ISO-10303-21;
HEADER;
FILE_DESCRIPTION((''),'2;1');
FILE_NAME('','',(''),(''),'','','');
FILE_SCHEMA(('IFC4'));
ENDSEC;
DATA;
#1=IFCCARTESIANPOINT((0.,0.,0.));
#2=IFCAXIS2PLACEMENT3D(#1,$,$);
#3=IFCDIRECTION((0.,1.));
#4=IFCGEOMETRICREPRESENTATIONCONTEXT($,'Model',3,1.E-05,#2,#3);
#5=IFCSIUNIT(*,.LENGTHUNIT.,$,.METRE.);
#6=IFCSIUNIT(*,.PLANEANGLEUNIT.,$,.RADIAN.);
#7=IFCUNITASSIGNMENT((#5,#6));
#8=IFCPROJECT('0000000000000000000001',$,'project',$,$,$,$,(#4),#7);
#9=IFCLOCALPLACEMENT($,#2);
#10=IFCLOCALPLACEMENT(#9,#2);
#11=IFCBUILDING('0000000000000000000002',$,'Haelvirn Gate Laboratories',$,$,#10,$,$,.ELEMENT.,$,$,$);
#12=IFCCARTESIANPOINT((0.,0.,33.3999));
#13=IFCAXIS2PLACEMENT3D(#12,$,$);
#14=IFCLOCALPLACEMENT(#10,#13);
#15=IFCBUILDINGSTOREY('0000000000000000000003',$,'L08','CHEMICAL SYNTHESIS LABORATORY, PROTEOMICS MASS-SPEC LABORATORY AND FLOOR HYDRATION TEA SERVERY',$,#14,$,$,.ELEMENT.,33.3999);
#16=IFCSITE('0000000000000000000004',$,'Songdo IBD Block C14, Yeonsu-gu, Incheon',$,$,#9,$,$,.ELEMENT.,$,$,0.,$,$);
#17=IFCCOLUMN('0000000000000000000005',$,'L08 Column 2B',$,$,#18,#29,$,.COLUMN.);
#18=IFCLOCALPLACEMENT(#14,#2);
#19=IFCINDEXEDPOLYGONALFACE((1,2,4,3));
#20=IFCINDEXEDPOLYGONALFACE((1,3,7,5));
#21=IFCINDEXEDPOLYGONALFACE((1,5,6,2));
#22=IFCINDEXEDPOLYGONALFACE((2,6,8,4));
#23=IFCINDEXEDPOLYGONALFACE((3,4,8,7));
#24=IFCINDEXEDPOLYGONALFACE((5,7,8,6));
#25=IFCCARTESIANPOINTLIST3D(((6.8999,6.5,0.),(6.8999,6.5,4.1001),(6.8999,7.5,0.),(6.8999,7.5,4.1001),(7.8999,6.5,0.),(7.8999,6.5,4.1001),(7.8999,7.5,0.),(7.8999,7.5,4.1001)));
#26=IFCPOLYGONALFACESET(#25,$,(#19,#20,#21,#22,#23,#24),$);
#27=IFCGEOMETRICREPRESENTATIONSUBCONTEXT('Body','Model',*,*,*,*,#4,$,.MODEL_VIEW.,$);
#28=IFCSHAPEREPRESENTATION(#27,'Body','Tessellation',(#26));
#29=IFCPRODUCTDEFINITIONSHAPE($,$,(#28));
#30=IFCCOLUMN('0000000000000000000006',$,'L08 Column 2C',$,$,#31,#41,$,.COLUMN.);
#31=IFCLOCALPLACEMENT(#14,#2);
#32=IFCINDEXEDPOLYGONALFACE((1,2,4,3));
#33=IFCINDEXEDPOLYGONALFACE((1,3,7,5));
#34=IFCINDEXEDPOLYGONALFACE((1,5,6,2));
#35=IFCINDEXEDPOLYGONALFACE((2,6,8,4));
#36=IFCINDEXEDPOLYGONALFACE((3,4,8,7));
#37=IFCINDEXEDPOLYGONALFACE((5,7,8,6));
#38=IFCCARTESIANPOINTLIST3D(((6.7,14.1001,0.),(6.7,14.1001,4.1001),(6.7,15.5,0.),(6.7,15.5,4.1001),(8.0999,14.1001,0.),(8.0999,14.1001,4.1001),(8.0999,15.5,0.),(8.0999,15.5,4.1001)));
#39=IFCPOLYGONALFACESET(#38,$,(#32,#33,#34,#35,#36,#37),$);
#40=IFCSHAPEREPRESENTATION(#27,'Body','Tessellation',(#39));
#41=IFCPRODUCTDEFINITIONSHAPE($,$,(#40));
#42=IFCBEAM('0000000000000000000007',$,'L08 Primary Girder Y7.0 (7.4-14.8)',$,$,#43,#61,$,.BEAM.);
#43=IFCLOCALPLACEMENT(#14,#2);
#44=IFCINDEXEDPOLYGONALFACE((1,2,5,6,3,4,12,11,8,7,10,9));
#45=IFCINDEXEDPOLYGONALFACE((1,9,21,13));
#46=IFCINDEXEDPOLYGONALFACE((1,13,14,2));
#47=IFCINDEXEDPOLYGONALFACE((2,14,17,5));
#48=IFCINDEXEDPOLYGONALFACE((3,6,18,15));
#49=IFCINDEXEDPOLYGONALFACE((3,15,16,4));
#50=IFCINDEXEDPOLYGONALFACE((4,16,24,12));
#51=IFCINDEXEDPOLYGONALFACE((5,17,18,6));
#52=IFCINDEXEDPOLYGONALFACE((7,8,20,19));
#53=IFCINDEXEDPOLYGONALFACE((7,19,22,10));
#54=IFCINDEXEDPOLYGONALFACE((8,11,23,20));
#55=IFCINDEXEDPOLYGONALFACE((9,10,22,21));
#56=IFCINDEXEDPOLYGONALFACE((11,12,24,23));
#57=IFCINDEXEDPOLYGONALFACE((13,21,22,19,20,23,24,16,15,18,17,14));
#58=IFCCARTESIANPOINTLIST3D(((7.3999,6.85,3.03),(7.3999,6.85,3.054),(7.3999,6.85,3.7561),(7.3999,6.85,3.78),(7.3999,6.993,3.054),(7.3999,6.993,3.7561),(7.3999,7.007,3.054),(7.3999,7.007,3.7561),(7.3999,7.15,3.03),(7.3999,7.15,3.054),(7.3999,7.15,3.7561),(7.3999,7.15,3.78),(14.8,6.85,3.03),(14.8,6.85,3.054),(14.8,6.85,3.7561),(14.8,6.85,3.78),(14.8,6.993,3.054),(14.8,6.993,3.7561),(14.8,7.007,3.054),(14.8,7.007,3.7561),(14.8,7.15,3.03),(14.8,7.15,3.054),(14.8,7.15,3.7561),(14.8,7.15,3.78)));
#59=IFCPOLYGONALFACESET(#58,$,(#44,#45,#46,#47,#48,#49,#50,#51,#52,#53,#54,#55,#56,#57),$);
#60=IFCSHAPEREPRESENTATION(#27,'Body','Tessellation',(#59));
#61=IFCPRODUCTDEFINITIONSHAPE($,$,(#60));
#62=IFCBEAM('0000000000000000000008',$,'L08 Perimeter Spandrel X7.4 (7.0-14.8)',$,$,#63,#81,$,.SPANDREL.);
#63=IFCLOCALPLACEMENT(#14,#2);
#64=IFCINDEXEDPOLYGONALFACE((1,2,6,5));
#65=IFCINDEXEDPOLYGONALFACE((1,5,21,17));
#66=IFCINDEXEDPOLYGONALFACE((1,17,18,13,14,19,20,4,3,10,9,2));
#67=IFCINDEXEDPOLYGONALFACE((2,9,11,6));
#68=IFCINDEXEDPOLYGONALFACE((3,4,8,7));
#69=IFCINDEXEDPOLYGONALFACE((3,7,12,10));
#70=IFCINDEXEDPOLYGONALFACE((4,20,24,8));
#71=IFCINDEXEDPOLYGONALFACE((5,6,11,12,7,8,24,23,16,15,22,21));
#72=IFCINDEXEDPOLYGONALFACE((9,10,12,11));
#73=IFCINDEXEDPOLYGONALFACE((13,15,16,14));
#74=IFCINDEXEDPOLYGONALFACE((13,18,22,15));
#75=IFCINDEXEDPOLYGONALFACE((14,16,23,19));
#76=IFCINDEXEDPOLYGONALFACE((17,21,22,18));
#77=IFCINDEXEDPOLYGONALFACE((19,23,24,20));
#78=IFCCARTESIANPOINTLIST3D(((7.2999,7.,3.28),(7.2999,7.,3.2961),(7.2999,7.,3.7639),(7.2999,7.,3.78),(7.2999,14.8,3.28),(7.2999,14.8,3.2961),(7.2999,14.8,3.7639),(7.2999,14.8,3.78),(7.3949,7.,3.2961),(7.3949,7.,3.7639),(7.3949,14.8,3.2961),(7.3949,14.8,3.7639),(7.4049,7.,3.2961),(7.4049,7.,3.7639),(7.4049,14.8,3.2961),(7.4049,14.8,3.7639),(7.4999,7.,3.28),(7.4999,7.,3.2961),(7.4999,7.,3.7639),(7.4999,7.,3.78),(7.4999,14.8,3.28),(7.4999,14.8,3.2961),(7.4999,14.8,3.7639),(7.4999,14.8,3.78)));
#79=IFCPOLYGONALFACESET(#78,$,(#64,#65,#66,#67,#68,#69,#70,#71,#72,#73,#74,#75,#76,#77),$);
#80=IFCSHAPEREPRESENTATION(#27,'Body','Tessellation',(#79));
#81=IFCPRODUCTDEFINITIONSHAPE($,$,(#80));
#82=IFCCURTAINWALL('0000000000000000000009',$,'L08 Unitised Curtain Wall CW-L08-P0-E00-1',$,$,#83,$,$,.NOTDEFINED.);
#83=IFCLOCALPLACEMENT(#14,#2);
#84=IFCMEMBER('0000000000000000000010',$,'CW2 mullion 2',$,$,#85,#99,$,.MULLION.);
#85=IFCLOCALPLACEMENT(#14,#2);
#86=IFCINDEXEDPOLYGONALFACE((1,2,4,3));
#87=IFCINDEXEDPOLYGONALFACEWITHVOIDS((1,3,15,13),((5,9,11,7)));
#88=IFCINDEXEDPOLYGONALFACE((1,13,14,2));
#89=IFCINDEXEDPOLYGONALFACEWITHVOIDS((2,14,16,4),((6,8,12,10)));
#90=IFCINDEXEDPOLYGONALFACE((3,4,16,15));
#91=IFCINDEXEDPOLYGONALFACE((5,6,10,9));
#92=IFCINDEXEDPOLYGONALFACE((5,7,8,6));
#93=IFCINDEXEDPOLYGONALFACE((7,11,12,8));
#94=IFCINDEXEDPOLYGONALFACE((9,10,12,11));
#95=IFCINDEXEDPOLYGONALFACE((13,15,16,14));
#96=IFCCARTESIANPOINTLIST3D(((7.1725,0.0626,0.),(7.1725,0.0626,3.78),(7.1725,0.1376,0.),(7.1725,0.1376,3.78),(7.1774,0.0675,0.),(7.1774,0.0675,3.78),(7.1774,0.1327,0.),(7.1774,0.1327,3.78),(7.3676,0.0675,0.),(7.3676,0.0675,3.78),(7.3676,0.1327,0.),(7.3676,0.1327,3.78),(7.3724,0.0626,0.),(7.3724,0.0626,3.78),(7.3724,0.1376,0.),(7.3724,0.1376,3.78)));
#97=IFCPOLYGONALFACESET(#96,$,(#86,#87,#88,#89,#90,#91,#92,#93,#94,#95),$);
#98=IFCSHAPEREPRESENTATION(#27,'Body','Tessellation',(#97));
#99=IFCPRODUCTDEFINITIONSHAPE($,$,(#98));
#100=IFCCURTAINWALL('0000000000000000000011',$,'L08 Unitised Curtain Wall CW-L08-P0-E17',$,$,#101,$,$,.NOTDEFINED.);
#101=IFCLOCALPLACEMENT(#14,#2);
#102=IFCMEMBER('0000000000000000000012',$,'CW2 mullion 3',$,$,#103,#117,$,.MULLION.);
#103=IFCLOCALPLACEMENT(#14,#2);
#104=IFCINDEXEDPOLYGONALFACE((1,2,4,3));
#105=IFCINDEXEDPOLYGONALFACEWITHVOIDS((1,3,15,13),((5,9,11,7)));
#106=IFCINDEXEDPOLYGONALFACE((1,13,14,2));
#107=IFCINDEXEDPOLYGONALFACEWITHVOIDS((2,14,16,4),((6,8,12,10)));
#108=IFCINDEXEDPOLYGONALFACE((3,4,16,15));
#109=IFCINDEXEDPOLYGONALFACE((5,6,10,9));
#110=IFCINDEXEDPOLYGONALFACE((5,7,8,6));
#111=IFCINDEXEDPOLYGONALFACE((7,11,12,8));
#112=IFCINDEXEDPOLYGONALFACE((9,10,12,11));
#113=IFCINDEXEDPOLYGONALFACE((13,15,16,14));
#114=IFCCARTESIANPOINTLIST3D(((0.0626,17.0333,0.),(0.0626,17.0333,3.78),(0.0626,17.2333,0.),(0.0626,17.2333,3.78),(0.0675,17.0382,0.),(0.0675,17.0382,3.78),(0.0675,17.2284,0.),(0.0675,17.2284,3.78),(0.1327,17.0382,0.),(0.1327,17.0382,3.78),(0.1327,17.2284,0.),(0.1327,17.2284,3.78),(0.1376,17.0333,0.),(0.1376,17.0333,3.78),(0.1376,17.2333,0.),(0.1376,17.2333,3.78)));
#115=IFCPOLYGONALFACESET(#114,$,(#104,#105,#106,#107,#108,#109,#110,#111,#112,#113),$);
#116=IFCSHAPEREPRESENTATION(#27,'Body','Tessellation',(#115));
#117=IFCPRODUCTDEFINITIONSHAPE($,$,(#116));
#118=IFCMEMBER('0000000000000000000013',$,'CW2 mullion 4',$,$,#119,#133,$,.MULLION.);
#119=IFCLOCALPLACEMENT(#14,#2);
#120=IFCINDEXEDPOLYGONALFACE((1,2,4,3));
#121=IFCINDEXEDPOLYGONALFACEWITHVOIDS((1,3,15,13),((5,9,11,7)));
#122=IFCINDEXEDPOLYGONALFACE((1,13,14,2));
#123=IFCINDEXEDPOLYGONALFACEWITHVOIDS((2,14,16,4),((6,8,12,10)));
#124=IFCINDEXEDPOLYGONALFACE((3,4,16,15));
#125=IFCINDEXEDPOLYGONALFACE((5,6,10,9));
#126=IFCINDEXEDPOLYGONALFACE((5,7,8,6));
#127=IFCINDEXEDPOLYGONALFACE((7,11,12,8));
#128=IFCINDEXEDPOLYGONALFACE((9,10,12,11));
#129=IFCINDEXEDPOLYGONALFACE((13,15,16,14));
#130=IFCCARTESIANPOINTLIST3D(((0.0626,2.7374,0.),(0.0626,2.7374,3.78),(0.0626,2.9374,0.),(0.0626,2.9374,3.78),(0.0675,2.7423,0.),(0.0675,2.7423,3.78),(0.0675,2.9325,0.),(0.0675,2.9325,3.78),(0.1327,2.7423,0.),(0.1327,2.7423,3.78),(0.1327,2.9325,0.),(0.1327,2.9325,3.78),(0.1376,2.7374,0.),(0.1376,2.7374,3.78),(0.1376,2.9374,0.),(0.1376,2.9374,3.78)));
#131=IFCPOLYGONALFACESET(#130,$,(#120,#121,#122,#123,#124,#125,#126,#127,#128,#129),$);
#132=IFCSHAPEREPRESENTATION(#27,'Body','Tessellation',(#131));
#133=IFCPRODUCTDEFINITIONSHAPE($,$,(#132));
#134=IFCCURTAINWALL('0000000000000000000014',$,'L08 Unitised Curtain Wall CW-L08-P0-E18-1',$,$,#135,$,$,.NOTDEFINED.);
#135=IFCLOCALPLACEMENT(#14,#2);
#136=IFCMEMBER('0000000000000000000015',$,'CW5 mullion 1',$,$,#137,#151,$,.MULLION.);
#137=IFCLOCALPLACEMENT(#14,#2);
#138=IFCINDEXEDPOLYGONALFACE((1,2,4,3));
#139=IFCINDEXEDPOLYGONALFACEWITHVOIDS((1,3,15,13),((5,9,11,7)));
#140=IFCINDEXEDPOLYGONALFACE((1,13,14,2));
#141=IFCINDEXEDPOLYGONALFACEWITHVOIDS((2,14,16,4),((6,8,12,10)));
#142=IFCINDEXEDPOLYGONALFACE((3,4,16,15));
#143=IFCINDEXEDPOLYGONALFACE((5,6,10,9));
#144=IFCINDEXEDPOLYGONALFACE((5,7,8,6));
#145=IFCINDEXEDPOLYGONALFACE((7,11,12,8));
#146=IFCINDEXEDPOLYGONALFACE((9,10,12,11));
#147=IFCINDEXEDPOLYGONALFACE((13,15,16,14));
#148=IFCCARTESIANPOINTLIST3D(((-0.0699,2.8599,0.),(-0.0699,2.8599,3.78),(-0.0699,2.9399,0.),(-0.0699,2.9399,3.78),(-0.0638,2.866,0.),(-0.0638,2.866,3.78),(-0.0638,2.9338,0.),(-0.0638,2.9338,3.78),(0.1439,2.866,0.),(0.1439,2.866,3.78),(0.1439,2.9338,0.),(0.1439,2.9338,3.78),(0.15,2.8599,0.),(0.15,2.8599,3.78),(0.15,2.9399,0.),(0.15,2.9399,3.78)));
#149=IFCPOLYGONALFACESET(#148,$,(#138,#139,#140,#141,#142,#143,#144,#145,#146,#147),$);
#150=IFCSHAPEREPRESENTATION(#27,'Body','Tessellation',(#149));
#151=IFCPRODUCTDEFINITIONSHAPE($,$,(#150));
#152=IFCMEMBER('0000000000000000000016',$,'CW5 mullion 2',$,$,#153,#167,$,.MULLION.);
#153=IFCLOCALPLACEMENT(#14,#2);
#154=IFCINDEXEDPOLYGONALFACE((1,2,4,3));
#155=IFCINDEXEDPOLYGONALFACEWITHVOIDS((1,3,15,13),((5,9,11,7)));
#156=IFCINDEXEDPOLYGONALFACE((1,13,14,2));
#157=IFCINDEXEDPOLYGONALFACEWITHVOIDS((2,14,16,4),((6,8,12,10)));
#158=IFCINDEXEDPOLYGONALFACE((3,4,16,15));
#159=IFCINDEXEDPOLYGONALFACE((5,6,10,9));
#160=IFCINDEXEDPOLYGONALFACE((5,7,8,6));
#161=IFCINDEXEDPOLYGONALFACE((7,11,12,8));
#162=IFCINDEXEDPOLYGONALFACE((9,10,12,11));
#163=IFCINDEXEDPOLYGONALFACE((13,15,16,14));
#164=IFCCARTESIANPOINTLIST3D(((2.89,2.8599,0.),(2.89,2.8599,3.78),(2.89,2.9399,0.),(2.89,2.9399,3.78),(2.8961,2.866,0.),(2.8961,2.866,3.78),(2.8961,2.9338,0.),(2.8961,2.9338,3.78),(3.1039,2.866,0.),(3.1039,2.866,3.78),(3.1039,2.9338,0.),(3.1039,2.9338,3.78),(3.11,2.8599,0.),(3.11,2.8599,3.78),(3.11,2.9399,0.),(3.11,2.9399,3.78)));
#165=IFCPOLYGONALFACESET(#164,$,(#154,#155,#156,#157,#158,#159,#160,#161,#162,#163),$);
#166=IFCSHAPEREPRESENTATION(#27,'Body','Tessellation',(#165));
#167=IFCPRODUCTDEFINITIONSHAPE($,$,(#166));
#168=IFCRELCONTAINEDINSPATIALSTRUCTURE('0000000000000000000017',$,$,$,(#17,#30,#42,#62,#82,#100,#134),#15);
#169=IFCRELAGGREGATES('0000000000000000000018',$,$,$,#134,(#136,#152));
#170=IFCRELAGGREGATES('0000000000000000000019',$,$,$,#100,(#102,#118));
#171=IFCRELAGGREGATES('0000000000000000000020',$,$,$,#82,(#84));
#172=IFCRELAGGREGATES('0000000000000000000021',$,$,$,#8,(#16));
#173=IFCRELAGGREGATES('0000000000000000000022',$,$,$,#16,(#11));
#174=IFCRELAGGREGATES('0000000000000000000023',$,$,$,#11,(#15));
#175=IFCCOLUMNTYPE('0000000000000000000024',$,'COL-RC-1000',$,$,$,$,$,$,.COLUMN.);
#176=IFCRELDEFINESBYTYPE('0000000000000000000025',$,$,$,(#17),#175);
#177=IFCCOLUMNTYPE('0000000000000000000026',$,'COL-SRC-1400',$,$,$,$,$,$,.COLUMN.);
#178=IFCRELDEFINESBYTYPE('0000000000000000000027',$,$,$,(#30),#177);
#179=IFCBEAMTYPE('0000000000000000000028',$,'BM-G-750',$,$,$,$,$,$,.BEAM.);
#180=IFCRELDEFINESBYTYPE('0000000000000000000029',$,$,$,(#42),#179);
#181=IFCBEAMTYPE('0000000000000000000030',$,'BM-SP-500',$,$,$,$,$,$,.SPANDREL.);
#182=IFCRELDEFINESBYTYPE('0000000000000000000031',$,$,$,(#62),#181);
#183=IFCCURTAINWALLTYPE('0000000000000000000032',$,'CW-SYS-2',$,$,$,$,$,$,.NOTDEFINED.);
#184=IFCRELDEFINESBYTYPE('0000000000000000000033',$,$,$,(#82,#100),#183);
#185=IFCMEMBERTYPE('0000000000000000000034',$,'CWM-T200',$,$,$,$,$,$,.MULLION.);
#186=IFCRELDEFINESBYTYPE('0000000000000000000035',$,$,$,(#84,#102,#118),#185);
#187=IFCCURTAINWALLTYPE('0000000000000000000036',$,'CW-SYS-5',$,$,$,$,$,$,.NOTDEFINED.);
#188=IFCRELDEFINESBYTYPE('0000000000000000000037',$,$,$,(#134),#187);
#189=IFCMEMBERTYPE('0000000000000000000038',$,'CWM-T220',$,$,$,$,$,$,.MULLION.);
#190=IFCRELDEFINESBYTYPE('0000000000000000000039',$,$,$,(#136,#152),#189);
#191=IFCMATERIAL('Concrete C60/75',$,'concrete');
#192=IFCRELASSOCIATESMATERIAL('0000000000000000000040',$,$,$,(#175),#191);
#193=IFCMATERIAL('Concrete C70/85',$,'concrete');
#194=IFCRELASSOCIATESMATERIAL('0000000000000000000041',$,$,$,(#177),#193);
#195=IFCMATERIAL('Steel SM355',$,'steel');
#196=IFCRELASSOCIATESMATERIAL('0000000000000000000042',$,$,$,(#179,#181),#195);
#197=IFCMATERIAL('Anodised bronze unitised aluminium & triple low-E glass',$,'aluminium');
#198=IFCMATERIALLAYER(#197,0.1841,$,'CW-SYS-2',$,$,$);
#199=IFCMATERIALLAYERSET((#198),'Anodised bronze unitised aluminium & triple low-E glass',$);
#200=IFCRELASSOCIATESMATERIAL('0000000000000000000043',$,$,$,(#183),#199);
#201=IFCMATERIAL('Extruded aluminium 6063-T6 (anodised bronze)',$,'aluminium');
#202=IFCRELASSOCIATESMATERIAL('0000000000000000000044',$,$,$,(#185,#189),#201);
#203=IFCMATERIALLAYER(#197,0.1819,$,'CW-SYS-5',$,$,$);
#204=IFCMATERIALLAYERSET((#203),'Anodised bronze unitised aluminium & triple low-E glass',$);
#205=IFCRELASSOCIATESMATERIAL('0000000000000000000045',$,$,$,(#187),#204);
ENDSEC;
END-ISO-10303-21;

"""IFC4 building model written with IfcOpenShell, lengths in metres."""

from ifc_helpers import new_model, si_unit, direction, frame, origin, origin_2d, place, context, subcontext, project, spatial, rectangle, hollow_rectangle, i_section, extrude, source, transform, mapped, material, layer, layer_set, material_profile, profile_set, type_object, type_shapes, element, aggregate, save


model = new_model("IFC4")

# Units and contexts
model_context = context("Model", 3, precision=1e-05, world=origin(), true_north=direction((0.0, 1.0)))
body_context = subcontext(model_context, "Body", "Model", "MODEL_VIEW")
ifc_project = project(units=[si_unit("LENGTHUNIT", "METRE"), si_unit("PLANEANGLEUNIT", "RADIAN")], contexts=[model_context])

# Site, building, storey
site_placement = place(None, origin())
site = spatial("IfcSite", under=ifc_project, at=site_placement, Name="Songdo IBD Block C14, Yeonsu-gu, Incheon", CompositionType="ELEMENT", RefElevation=0.0)
building_placement = place(site_placement, origin())
building = spatial("IfcBuilding", under=site, at=building_placement, Name="Haelvirn Gate Laboratories", CompositionType="ELEMENT")
storey_placement = place(building_placement, frame((0.0, 0.0, 33.3999)))
storey = spatial("IfcBuildingStorey", under=building, at=storey_placement, Name="L08", Description="CHEMICAL SYNTHESIS LABORATORY, PROTEOMICS MASS-SPEC LABORATORY AND FLOOR HYDRATION TEA SERVERY", CompositionType="ELEMENT", Elevation=33.3999)

# Columns
ifc_material_1 = material(Name="Concrete C60/75", Category="concrete")
ifc_material_profile_1 = material_profile(ifc_material_1, rectangle(XDim=1.0, YDim=1.0, at=origin_2d()), Name="RC-1000x1000")
ifc_profile_set_1 = profile_set([ifc_material_profile_1], Name="Concrete C60/75")
column_type_1 = type_object("IfcColumnType", Name="COL-RC-1000", PredefinedType="COLUMN", material=ifc_profile_set_1)
shared_shape_1 = source(origin(), body_context, "Body", "SweptSolid", [
    extrude(rectangle(XDim=1.0, YDim=1.0, at=origin_2d()), origin(), (0.0, 0.0, 1.0), 4.1001),
])
type_shapes(column_type_1, [shared_shape_1])
column_1_placement = place(storey_placement, frame((7.3999, 7.0, 0.0), z_axis=(0.0, 0.0, 1.0), x_axis=(1.0, 0.0, 0.0)))
element("IfcColumn", 1, at=column_1_placement, inside=storey, type_object=column_type_1, Name="L08 Column 2B", PredefinedType="COLUMN", context=body_context, shape_type="MappedRepresentation", body=[
    mapped(shared_shape_1, transform((0.0, 0.0, 0.0), scale=1.0)),
])
ifc_material_2 = material(Name="Concrete C70/85", Category="concrete")
ifc_material_profile_2 = material_profile(ifc_material_2, rectangle(XDim=1.3999, YDim=1.3999, at=origin_2d()), Name="SRC-1400x1400")
ifc_profile_set_2 = profile_set([ifc_material_profile_2], Name="Concrete C70/85")
column_type_2 = type_object("IfcColumnType", Name="COL-SRC-1400", PredefinedType="COLUMN", material=ifc_profile_set_2)
shared_shape_2 = source(origin(), body_context, "Body", "SweptSolid", [
    extrude(rectangle(XDim=1.3999, YDim=1.3999, at=origin_2d()), origin(), (0.0, 0.0, 1.0), 4.1001),
])
type_shapes(column_type_2, [shared_shape_2])
column_2_placement = place(storey_placement, frame((7.3999, 14.8, 0.0), z_axis=(0.0, 0.0, 1.0), x_axis=(1.0, 0.0, 0.0)))
element("IfcColumn", 2, at=column_2_placement, inside=storey, type_object=column_type_2, Name="L08 Column 2C", PredefinedType="COLUMN", context=body_context, shape_type="MappedRepresentation", body=[
    mapped(shared_shape_2, transform((0.0, 0.0, 0.0), scale=1.0)),
])

# Beams
ifc_material_3 = material(Name="Steel SM355", Category="steel")
ifc_material_profile_3 = material_profile(ifc_material_3, i_section(OverallWidth=0.3, OverallDepth=0.75, WebThickness=0.0139, FlangeThickness=0.0239, at=origin_2d()), Name="H-750x300x14x24")
ifc_profile_set_3 = profile_set([ifc_material_profile_3], Name="Steel SM355")
beam_type_1 = type_object("IfcBeamType", Name="BM-G-750", PredefinedType="BEAM", material=ifc_profile_set_3)
shared_shape_3 = source(origin(), body_context, "Body", "SweptSolid", [
    extrude(i_section(OverallWidth=0.3, OverallDepth=0.75, WebThickness=0.0139, FlangeThickness=0.0239, at=origin_2d()), origin(), (0.0, 0.0, 1.0), 7.4001),
])
type_shapes(beam_type_1, [shared_shape_3])
beam_1_placement = place(storey_placement, frame((7.3999, 7.0, 3.405), z_axis=(1.0, 0.0, 0.0), x_axis=(0.0, 1.0, 0.0)))
element("IfcBeam", 3, at=beam_1_placement, inside=storey, type_object=beam_type_1, Name="L08 Primary Girder Y7.0 (7.4-14.8)", PredefinedType="BEAM", context=body_context, shape_type="MappedRepresentation", body=[
    mapped(shared_shape_3, transform((0.0, 0.0, 0.0), scale=1.0)),
])
ifc_material_profile_4 = material_profile(ifc_material_3, i_section(OverallWidth=0.2, OverallDepth=0.5, WebThickness=0.01, FlangeThickness=0.0161, at=origin_2d()), Name="H-500x200x10x16")
ifc_profile_set_4 = profile_set([ifc_material_profile_4], Name="Steel SM355")
beam_type_2 = type_object("IfcBeamType", Name="BM-SP-500", PredefinedType="SPANDREL", material=ifc_profile_set_4)
shared_shape_4 = source(origin(), body_context, "Body", "SweptSolid", [
    extrude(i_section(OverallWidth=0.2, OverallDepth=0.5, WebThickness=0.01, FlangeThickness=0.0161, at=origin_2d()), origin(), (0.0, 0.0, 1.0), 7.8),
])
type_shapes(beam_type_2, [shared_shape_4])
beam_2_placement = place(storey_placement, frame((7.3999, 7.0, 3.53), z_axis=(0.0, 1.0, 0.0), x_axis=(-1.0, 0.0, 0.0)))
element("IfcBeam", 4, at=beam_2_placement, inside=storey, type_object=beam_type_2, Name="L08 Perimeter Spandrel X7.4 (7.0-14.8)", PredefinedType="SPANDREL", context=body_context, shape_type="MappedRepresentation", body=[
    mapped(shared_shape_4, transform((0.0, 0.0, 0.0), scale=1.0)),
])

# Curtain wall, member
ifc_material_4 = material(Name="Anodised bronze unitised aluminium & triple low-E glass", Category="aluminium")
ifc_layer_1 = layer(ifc_material_4, 0.1841, Name="CW-SYS-2")
ifc_layer_set_1 = layer_set([ifc_layer_1], Name="Anodised bronze unitised aluminium & triple low-E glass")
curtain_wall_type_1 = type_object("IfcCurtainWallType", Name="CW-SYS-2", PredefinedType="NOTDEFINED", material=ifc_layer_set_1)
curtain_wall_1_placement = place(storey_placement, origin())
curtain_wall_1 = element("IfcCurtainWall", 5, at=curtain_wall_1_placement, inside=storey, type_object=curtain_wall_type_1, Name="L08 Unitised Curtain Wall CW-L08-P0-E00-1", PredefinedType="NOTDEFINED")
ifc_material_5 = material(Name="Extruded aluminium 6063-T6 (anodised bronze)", Category="aluminium")
ifc_material_profile_5 = material_profile(ifc_material_5, hollow_rectangle(XDim=0.075, YDim=0.2, WallThickness=0.0049, at=origin_2d()), Name="CWM-200x75x5")
ifc_profile_set_5 = profile_set([ifc_material_profile_5], Name="Extruded aluminium 6063-T6 (anodised bronze)")
member_type_1 = type_object("IfcMemberType", Name="CWM-T200", PredefinedType="MULLION", material=ifc_profile_set_5)
shared_shape_5 = source(origin(), body_context, "Body", "SweptSolid", [
    extrude(hollow_rectangle(XDim=0.075, YDim=0.2, WallThickness=0.0049, at=origin_2d()), origin(), (0.0, 0.0, 1.0), 3.78),
])
type_shapes(member_type_1, [shared_shape_5])
member_1_placement = place(storey_placement, frame((7.2725, 0.1001, 0.0), z_axis=(0.0, 0.0, 1.0), x_axis=(0.0, 1.0, 0.0)))
member_1 = element("IfcMember", 6, at=member_1_placement, type_object=member_type_1, Name="CW2 mullion 2", PredefinedType="MULLION", context=body_context, shape_type="MappedRepresentation", body=[
    mapped(shared_shape_5, transform((0.0, 0.0, 0.0), scale=1.0)),
])

# Curtain walls, members
curtain_wall_2_placement = place(storey_placement, origin())
curtain_wall_2 = element("IfcCurtainWall", 7, at=curtain_wall_2_placement, inside=storey, type_object=curtain_wall_type_1, Name="L08 Unitised Curtain Wall CW-L08-P0-E17", PredefinedType="NOTDEFINED")
member_2_placement = place(storey_placement, frame((0.1001, 17.1333, 0.0), z_axis=(0.0, 0.0, 1.0), x_axis=(1.0, 0.0, 0.0)))
member_2 = element("IfcMember", 8, at=member_2_placement, type_object=member_type_1, Name="CW2 mullion 3", PredefinedType="MULLION", context=body_context, shape_type="MappedRepresentation", body=[
    mapped(shared_shape_5, transform((0.0, 0.0, 0.0), scale=1.0)),
])
member_3_placement = place(storey_placement, frame((0.1001, 2.8374, 0.0), z_axis=(0.0, 0.0, 1.0), x_axis=(1.0, 0.0, 0.0)))
member_3 = element("IfcMember", 9, at=member_3_placement, type_object=member_type_1, Name="CW2 mullion 4", PredefinedType="MULLION", context=body_context, shape_type="MappedRepresentation", body=[
    mapped(shared_shape_5, transform((0.0, 0.0, 0.0), scale=1.0)),
])
ifc_layer_2 = layer(ifc_material_4, 0.1819, Name="CW-SYS-5")
ifc_layer_set_2 = layer_set([ifc_layer_2], Name="Anodised bronze unitised aluminium & triple low-E glass")
curtain_wall_type_2 = type_object("IfcCurtainWallType", Name="CW-SYS-5", PredefinedType="NOTDEFINED", material=ifc_layer_set_2)
curtain_wall_3_placement = place(storey_placement, origin())
curtain_wall_3 = element("IfcCurtainWall", 10, at=curtain_wall_3_placement, inside=storey, type_object=curtain_wall_type_2, Name="L08 Unitised Curtain Wall CW-L08-P0-E18-1", PredefinedType="NOTDEFINED")
ifc_material_profile_6 = material_profile(ifc_material_5, hollow_rectangle(XDim=0.0801, YDim=0.22, WallThickness=0.0061, at=origin_2d()), Name="CWM-220x80x6")
ifc_profile_set_6 = profile_set([ifc_material_profile_6], Name="Extruded aluminium 6063-T6 (anodised bronze)")
member_type_2 = type_object("IfcMemberType", Name="CWM-T220", PredefinedType="MULLION", material=ifc_profile_set_6)
shared_shape_6 = source(origin(), body_context, "Body", "SweptSolid", [
    extrude(hollow_rectangle(XDim=0.0801, YDim=0.22, WallThickness=0.0061, at=origin_2d()), origin(), (0.0, 0.0, 1.0), 3.78),
])
type_shapes(member_type_2, [shared_shape_6])
member_4_placement = place(storey_placement, frame((0.04, 2.8999, 0.0), z_axis=(0.0, 0.0, 1.0), x_axis=(0.0, 1.0, 0.0)))
member_4 = element("IfcMember", 11, at=member_4_placement, type_object=member_type_2, Name="CW5 mullion 1", PredefinedType="MULLION", context=body_context, shape_type="MappedRepresentation", body=[
    mapped(shared_shape_6, transform((0.0, 0.0, 0.0), scale=1.0)),
])
member_5_placement = place(storey_placement, frame((3.0, 2.8999, 0.0), z_axis=(0.0, 0.0, 1.0), x_axis=(0.0, 1.0, 0.0)))
member_5 = element("IfcMember", 12, at=member_5_placement, type_object=member_type_2, Name="CW5 mullion 2", PredefinedType="MULLION", context=body_context, shape_type="MappedRepresentation", body=[
    mapped(shared_shape_6, transform((0.0, 0.0, 0.0), scale=1.0)),
])

aggregate(curtain_wall_3, [member_4, member_5])
aggregate(curtain_wall_2, [member_2, member_3])
aggregate(curtain_wall_1, [member_1])

save(model, "model.ifc")
